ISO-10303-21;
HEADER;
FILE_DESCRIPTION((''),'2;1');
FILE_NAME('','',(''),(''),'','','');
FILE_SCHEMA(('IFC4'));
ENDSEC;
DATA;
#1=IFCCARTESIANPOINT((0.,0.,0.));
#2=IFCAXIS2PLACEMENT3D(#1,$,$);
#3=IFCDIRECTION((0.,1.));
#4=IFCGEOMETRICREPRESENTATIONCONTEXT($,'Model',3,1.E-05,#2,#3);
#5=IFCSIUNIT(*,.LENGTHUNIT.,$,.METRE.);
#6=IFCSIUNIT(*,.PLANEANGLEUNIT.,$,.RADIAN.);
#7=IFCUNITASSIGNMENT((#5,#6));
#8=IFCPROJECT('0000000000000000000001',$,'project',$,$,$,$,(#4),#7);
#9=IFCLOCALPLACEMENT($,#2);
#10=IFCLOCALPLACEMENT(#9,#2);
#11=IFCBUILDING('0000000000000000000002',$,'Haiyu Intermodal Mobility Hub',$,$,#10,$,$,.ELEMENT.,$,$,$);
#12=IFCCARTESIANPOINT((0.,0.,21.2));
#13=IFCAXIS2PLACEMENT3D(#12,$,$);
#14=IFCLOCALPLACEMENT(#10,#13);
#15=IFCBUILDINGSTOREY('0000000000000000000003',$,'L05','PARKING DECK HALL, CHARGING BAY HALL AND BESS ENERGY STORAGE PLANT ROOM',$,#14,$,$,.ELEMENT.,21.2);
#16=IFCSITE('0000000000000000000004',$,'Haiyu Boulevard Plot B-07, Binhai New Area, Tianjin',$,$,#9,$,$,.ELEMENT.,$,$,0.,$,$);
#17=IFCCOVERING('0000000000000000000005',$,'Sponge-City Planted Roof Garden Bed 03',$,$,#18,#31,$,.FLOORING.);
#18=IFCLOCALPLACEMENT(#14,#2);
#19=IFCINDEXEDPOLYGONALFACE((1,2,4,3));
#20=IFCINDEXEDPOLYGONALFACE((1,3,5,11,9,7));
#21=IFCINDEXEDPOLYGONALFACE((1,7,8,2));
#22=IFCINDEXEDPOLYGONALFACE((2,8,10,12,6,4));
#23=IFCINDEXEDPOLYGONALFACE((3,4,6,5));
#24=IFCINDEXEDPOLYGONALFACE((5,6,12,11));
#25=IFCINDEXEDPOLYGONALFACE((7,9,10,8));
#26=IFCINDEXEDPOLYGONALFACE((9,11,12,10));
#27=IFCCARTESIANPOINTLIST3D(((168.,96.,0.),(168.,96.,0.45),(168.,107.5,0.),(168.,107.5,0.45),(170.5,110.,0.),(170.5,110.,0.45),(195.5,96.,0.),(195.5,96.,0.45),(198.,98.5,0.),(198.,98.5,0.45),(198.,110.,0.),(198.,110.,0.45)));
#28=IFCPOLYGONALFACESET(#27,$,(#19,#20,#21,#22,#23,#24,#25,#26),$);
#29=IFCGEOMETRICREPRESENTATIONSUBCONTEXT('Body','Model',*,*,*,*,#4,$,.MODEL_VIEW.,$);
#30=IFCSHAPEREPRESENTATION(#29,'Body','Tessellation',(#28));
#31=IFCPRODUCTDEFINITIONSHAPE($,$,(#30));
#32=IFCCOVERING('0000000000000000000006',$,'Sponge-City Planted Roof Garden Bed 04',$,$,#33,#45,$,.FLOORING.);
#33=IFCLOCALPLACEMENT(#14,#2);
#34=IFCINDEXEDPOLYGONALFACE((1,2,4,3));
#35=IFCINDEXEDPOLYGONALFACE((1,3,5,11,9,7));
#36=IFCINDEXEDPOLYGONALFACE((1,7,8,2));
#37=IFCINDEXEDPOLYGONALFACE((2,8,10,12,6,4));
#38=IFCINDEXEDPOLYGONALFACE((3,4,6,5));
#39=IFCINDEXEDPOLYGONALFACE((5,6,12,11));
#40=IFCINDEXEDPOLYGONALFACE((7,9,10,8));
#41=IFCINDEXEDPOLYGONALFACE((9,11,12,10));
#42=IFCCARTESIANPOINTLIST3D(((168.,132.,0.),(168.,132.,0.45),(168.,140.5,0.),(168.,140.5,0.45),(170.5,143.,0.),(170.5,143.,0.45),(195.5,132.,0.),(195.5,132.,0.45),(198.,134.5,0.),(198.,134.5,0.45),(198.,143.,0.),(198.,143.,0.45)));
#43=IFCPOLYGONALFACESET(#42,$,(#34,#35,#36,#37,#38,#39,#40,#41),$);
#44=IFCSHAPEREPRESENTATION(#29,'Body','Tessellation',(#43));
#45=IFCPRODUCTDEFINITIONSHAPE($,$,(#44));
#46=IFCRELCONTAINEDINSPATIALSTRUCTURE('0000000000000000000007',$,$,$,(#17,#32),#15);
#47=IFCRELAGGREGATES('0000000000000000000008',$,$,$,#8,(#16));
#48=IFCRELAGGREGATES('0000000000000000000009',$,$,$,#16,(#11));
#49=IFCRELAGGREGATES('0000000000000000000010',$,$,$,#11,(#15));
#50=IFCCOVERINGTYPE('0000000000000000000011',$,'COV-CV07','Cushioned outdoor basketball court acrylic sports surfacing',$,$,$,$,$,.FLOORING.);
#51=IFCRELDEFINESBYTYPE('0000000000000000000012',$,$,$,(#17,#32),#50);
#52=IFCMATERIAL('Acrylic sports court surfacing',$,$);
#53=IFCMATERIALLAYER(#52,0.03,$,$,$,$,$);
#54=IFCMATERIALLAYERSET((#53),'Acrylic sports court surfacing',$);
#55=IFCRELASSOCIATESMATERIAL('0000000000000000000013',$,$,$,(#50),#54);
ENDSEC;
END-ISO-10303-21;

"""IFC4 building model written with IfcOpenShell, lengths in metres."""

from ifc_helpers import new_model, si_unit, direction, frame, origin, place, context, subcontext, project, spatial, polyline, outline, extrude, material, layer, layer_set, type_object, element, save


model = new_model("IFC4")

# Units and contexts
model_context = context("Model", 3, precision=1e-05, world=origin(), true_north=direction((0.0, 1.0)))
body_context = subcontext(model_context, "Body", "Model", "MODEL_VIEW")
ifc_project = project(units=[si_unit("LENGTHUNIT", "METRE"), si_unit("PLANEANGLEUNIT", "RADIAN")], contexts=[model_context])

# Site, building, storey
site_placement = place(None, origin())
site = spatial("IfcSite", under=ifc_project, at=site_placement, Name="Haiyu Boulevard Plot B-07, Binhai New Area, Tianjin", CompositionType="ELEMENT", RefElevation=0.0)
building_placement = place(site_placement, origin())
building = spatial("IfcBuilding", under=site, at=building_placement, Name="Haiyu Intermodal Mobility Hub", CompositionType="ELEMENT")
storey_placement = place(building_placement, frame((0.0, 0.0, 21.2)))
storey = spatial("IfcBuildingStorey", under=building, at=storey_placement, Name="L05", Description="PARKING DECK HALL, CHARGING BAY HALL AND BESS ENERGY STORAGE PLANT ROOM", CompositionType="ELEMENT", Elevation=21.2)

# Coverings
ifc_material_1 = material(Name="Acrylic sports court surfacing")
ifc_layer_1 = layer(ifc_material_1, 0.03)
ifc_layer_set_1 = layer_set([ifc_layer_1], Name="Acrylic sports court surfacing")
covering_type_1 = type_object("IfcCoveringType", Name="COV-CV07", Description="Cushioned outdoor basketball court acrylic sports surfacing", PredefinedType="FLOORING", material=ifc_layer_set_1)
covering_1_placement = place(storey_placement, origin())
element("IfcCovering", 1, at=covering_1_placement, inside=storey, type_object=covering_type_1, Name="Sponge-City Planted Roof Garden Bed 03", PredefinedType="FLOORING", context=body_context, shape_type="SweptSolid", body=[
    extrude(outline(polyline([(168.0, 96.0), (195.5, 96.0), (198.0, 98.5), (198.0, 110.0), (170.5, 110.0), (168.0, 107.5), (168.0, 96.0)])), origin(), (0.0, 0.0, 1.0), 0.45),
])
covering_2_placement = place(storey_placement, origin())
element("IfcCovering", 2, at=covering_2_placement, inside=storey, type_object=covering_type_1, Name="Sponge-City Planted Roof Garden Bed 04", PredefinedType="FLOORING", context=body_context, shape_type="SweptSolid", body=[
    extrude(outline(polyline([(168.0, 132.0), (195.5, 132.0), (198.0, 134.5), (198.0, 143.0), (170.5, 143.0), (168.0, 140.5), (168.0, 132.0)])), origin(), (0.0, 0.0, 1.0), 0.45),
])

save(model, "model.ifc")
